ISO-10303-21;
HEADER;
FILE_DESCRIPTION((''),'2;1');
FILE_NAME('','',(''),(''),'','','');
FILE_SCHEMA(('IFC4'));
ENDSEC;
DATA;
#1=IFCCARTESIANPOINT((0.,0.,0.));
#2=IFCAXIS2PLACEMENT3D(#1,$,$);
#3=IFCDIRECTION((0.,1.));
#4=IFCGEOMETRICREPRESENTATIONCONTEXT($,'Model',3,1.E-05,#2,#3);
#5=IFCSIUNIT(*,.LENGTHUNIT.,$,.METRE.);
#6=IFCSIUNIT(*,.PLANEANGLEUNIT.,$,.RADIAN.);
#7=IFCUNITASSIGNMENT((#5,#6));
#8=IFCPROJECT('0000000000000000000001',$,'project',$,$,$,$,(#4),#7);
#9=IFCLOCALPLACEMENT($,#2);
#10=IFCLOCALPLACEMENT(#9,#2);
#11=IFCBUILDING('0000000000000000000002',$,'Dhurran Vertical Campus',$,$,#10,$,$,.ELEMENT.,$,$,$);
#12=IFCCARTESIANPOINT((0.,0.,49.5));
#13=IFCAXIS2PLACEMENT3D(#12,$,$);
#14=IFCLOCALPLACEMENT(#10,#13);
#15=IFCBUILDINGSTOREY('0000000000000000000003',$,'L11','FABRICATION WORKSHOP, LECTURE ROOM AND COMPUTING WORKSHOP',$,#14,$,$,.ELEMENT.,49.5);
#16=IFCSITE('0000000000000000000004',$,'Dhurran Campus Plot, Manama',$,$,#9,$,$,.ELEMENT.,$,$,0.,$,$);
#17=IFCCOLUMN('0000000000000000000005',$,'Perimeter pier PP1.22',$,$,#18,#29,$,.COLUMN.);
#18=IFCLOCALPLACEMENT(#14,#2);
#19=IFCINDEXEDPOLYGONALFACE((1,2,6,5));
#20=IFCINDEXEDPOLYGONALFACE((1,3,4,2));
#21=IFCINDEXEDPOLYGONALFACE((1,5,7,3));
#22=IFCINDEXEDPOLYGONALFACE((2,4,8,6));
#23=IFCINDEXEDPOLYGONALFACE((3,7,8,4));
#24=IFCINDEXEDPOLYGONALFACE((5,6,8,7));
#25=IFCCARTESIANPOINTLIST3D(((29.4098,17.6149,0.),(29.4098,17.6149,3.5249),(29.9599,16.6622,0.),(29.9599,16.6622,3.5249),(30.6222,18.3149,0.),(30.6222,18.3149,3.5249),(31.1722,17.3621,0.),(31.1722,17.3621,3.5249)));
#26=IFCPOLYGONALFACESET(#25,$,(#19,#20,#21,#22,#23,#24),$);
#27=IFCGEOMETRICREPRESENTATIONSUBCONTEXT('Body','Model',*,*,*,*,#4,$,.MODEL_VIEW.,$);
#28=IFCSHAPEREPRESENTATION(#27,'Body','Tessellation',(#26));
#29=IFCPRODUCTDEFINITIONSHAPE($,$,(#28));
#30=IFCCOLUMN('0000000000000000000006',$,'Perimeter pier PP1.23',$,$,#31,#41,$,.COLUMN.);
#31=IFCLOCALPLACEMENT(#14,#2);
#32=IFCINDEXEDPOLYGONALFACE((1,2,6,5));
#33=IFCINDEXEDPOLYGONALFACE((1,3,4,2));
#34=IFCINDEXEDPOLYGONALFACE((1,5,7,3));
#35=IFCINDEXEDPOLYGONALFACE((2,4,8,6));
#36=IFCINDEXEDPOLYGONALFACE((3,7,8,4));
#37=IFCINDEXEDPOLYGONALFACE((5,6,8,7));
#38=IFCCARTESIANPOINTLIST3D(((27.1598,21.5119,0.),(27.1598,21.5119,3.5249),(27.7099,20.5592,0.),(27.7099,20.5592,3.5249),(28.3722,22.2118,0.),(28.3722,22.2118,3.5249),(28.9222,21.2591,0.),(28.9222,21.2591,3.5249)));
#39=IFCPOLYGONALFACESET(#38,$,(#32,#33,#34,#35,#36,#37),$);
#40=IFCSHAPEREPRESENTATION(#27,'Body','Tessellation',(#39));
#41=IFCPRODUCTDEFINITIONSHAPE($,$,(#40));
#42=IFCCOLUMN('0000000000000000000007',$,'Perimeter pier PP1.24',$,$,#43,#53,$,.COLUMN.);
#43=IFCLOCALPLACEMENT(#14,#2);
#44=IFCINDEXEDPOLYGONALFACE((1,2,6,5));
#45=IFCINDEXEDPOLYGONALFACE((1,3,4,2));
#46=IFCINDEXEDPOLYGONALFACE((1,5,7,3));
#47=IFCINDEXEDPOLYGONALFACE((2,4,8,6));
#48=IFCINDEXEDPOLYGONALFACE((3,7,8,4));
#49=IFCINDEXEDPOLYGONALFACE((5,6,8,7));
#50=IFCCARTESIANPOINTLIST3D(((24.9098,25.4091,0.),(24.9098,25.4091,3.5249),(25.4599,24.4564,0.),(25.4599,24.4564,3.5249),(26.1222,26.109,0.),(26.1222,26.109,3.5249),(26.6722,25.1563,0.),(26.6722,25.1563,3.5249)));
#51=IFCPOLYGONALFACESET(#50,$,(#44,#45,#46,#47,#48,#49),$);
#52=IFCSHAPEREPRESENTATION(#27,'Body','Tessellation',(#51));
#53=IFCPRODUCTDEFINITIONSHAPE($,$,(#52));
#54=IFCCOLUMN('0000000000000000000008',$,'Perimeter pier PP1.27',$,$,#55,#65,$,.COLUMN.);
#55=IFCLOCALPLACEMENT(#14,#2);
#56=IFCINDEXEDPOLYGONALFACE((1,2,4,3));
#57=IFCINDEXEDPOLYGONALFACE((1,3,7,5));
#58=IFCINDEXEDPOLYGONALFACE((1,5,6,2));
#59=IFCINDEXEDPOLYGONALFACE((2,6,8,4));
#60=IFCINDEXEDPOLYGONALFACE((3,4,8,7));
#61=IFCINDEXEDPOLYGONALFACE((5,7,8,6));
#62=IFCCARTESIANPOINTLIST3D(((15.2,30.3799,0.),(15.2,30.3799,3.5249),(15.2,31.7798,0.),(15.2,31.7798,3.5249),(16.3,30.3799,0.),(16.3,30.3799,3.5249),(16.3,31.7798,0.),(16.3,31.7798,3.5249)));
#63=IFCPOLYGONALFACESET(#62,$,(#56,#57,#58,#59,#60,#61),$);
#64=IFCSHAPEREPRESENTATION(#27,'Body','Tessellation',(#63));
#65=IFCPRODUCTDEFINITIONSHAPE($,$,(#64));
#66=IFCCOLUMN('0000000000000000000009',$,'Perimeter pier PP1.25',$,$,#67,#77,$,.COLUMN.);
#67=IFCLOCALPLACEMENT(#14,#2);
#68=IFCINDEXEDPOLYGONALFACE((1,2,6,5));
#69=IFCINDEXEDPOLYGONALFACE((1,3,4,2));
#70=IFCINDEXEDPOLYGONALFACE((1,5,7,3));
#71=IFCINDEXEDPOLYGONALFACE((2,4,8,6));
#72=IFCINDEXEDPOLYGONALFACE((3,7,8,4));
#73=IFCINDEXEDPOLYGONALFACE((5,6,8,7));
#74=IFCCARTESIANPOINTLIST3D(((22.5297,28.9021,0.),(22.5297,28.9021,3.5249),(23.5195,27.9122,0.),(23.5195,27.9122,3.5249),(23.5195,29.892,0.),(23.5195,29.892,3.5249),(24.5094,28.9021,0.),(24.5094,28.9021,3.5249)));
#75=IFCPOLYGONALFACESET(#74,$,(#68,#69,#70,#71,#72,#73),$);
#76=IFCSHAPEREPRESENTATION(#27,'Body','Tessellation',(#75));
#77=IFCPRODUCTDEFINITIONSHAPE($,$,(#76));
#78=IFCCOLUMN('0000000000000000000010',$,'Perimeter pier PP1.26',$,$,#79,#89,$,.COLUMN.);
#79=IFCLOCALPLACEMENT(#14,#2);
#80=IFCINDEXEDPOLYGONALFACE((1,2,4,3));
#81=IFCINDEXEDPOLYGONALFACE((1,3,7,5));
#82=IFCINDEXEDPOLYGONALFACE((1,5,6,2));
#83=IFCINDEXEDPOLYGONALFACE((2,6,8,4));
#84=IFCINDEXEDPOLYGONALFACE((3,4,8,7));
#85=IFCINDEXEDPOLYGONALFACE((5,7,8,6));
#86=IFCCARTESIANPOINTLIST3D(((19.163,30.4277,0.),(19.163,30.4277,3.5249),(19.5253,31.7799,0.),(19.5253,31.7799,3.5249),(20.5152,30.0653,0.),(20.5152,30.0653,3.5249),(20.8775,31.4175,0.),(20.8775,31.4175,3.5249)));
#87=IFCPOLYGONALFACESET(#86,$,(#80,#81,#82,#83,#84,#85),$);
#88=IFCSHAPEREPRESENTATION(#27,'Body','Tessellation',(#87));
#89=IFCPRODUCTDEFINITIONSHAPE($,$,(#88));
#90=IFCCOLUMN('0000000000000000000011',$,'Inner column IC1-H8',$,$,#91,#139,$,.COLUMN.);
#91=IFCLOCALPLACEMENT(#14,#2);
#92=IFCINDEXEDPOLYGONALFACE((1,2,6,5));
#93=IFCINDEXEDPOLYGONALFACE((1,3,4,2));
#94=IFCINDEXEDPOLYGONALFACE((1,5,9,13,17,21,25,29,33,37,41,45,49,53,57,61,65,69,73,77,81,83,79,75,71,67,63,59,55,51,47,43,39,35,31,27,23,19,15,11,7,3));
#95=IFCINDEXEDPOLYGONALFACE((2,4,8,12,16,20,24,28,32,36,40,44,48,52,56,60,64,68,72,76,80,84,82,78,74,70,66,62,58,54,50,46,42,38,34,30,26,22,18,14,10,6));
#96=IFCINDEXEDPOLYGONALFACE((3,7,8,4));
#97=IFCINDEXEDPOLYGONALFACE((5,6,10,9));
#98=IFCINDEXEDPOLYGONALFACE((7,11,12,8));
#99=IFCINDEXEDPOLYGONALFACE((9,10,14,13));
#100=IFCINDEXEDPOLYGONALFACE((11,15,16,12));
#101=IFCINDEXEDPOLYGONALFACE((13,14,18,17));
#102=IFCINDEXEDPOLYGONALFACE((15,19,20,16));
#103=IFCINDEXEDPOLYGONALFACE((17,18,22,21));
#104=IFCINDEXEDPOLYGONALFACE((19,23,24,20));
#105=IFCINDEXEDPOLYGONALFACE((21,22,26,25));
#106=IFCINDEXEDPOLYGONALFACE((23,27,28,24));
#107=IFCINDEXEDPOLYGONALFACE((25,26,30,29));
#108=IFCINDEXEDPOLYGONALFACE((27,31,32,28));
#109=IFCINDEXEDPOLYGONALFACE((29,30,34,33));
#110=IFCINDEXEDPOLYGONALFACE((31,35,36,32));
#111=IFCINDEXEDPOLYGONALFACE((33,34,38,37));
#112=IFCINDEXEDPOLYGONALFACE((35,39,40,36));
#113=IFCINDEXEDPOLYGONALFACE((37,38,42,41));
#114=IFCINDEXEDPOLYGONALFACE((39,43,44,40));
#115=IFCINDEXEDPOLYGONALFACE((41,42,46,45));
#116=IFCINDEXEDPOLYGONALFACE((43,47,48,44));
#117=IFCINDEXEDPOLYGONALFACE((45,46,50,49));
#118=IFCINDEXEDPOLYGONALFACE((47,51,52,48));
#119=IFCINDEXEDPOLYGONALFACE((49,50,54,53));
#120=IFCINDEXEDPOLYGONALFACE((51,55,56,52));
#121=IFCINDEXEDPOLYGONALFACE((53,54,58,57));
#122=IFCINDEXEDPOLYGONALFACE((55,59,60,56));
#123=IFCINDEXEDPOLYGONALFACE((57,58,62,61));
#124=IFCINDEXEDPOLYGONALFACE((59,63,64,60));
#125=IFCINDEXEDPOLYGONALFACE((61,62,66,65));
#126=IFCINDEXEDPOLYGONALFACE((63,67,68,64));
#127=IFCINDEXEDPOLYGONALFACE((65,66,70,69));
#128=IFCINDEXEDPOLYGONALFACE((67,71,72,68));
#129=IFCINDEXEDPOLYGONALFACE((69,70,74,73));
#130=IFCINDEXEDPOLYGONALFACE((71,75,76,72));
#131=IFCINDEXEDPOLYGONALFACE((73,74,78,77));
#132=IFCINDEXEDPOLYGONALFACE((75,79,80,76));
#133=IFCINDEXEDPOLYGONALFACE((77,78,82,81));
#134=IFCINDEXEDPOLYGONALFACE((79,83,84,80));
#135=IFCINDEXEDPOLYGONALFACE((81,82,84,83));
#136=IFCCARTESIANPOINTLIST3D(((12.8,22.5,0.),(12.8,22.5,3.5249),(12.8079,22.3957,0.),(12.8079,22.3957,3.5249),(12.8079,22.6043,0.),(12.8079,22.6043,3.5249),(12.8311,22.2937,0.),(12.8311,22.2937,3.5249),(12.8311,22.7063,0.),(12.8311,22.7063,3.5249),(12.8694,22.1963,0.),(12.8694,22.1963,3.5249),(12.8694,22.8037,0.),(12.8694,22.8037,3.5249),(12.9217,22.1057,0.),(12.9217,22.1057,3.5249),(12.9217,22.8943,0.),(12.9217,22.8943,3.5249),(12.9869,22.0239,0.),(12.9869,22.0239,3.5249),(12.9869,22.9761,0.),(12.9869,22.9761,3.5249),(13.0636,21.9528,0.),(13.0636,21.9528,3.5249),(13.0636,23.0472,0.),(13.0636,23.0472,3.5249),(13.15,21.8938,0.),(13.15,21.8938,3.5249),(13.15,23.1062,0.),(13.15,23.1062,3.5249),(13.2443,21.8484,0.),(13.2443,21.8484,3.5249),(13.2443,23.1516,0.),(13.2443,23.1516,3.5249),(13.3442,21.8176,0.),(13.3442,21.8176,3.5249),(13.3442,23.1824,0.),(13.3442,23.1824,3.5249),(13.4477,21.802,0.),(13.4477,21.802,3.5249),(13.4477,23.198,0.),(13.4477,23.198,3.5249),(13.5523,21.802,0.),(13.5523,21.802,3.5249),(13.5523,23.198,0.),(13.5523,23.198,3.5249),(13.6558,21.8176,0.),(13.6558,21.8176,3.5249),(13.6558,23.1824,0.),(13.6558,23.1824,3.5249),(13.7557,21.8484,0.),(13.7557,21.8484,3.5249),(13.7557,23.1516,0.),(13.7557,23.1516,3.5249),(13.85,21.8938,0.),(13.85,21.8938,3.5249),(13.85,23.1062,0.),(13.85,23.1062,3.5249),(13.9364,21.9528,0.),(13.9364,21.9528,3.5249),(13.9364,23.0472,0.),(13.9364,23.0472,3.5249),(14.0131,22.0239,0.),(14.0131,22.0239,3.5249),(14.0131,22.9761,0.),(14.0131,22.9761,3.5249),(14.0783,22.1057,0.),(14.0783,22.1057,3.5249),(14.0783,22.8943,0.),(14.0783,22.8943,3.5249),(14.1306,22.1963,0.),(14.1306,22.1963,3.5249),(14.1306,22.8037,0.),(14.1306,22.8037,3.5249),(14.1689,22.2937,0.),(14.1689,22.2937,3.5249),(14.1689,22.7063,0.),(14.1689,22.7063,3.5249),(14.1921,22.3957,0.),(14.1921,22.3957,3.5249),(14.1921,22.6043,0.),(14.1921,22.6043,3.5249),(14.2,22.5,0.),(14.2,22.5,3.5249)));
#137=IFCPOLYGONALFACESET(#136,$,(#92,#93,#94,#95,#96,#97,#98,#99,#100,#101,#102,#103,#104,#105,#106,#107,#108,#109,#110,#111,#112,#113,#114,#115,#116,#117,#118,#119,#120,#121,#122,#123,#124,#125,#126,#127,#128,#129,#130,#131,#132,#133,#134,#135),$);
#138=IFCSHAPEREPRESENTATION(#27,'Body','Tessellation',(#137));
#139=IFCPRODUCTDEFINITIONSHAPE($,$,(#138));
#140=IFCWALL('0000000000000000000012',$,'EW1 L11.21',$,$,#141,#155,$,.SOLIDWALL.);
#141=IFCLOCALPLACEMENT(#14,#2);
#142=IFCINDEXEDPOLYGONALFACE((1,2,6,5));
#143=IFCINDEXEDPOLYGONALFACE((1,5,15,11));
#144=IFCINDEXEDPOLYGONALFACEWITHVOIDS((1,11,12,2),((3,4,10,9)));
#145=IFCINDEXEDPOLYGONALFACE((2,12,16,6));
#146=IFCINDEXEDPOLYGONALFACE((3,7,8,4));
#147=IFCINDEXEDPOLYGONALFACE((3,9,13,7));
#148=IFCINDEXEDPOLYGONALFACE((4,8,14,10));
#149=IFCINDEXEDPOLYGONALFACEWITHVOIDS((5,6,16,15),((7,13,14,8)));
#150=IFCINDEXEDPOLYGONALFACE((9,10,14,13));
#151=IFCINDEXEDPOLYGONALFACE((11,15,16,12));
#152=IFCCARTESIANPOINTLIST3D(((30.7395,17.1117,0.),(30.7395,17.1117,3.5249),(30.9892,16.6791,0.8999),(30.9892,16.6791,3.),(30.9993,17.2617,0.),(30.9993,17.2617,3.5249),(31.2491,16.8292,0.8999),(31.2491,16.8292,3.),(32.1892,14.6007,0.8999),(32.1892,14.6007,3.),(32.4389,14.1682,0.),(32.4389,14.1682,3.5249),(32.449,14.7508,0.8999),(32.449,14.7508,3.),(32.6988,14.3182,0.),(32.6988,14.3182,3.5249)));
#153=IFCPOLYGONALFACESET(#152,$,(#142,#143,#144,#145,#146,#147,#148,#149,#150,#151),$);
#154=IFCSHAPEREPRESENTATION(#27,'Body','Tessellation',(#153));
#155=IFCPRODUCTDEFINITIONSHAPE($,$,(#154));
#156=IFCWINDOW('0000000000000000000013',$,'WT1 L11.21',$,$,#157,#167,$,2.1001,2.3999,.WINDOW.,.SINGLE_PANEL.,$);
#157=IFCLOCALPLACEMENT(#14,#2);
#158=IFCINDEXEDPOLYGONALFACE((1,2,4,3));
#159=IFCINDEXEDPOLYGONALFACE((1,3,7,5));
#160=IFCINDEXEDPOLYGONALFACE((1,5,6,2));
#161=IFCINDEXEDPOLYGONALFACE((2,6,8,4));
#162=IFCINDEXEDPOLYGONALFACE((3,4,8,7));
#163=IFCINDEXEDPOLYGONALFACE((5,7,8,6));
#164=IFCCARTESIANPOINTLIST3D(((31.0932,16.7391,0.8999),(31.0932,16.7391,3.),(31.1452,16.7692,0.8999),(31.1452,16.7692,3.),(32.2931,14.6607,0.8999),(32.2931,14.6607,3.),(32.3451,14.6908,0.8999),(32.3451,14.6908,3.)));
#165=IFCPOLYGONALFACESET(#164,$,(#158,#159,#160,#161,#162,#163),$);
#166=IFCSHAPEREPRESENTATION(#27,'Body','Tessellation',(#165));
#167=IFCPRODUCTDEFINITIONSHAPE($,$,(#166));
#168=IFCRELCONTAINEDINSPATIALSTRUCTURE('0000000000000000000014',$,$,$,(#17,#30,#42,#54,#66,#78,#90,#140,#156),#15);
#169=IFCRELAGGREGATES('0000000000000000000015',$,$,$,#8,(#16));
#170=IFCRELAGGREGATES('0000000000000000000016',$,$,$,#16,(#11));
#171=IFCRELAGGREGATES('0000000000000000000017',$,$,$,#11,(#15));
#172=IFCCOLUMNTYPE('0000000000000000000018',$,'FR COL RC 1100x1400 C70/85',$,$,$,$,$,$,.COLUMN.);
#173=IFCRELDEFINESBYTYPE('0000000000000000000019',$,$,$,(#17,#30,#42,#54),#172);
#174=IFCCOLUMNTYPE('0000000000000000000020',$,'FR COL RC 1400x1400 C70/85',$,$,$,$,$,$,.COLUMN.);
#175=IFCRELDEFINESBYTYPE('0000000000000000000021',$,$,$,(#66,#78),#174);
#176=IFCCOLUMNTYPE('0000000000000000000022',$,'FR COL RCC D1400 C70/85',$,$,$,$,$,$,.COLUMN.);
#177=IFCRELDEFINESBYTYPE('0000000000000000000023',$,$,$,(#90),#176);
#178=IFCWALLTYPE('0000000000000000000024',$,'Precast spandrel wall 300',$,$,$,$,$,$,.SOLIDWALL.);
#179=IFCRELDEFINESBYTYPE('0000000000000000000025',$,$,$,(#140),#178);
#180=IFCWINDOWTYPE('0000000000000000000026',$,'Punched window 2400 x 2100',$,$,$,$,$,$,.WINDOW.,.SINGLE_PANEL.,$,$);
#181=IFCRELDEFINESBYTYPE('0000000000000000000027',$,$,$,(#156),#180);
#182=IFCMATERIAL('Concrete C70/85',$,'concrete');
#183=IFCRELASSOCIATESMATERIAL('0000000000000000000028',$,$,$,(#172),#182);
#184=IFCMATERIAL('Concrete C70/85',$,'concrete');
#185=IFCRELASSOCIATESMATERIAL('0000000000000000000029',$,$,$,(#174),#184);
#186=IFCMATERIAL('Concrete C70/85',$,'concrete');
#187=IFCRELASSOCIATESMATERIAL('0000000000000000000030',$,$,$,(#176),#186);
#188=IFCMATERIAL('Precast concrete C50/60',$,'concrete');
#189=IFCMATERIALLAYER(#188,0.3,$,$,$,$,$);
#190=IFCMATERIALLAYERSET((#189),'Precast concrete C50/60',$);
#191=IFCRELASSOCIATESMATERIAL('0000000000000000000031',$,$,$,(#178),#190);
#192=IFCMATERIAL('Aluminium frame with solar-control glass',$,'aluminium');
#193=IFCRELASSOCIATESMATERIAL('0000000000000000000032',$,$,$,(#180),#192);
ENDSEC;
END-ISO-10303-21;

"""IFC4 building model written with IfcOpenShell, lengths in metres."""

from ifc_helpers import new_model, si_unit, direction, frame, frame_2d, origin, origin_2d, place, context, subcontext, project, spatial, rectangle, circle, extrude, material, layer, layer_set, material_profile, profile_set, type_object, element, fill, save


model = new_model("IFC4")

# Units and contexts
model_context = context("Model", 3, precision=1e-05, world=origin(), true_north=direction((0.0, 1.0)))
body_context = subcontext(model_context, "Body", "Model", "MODEL_VIEW")
ifc_project = project(units=[si_unit("LENGTHUNIT", "METRE"), si_unit("PLANEANGLEUNIT", "RADIAN")], contexts=[model_context])

# Site, building, storey
site_placement = place(None, origin())
site = spatial("IfcSite", under=ifc_project, at=site_placement, Name="Dhurran Campus Plot, Manama", CompositionType="ELEMENT", RefElevation=0.0)
building_placement = place(site_placement, origin())
building = spatial("IfcBuilding", under=site, at=building_placement, Name="Dhurran Vertical Campus", CompositionType="ELEMENT")
storey_placement = place(building_placement, frame((0.0, 0.0, 49.5)))
storey = spatial("IfcBuildingStorey", under=building, at=storey_placement, Name="L11", Description="FABRICATION WORKSHOP, LECTURE ROOM AND COMPUTING WORKSHOP", CompositionType="ELEMENT", Elevation=49.5)

# Columns
ifc_material_1 = material(Name="Concrete C70/85", Category="concrete")
ifc_material_profile_1 = material_profile(ifc_material_1, rectangle(XDim=1.1001, YDim=1.3999, at=origin_2d()), Name="RC 1100x1400")
ifc_profile_set_1 = profile_set([ifc_material_profile_1], Name="Concrete C70/85")
column_type_1 = type_object("IfcColumnType", Name="FR COL RC 1100x1400 C70/85", PredefinedType="COLUMN", material=ifc_profile_set_1)
for number, where, z_axis, x_axis, name in (
    (1, (30.291, 17.4885, 0.0), (0.0, 0.0, 1.0), (-0.5, 0.866025, 0.0), "Perimeter pier PP1.22"),
    (2, (28.041, 21.3855, 0.0), (0.0, 0.0, 1.0), (-0.5, 0.866025, 0.0), "Perimeter pier PP1.23"),
    (3, (25.791, 25.2827, 0.0), (0.0, 0.0, 1.0), (-0.5, 0.866025, 0.0), "Perimeter pier PP1.24"),
    (4, (15.75, 31.0798, 0.0), (0.0, 0.0, 1.0), (-1.0, 0.0, 0.0), "Perimeter pier PP1.27"),
):
    element("IfcColumn", number, at=place(storey_placement, frame(where, z_axis=z_axis, x_axis=x_axis)), inside=storey, type_object=column_type_1, Name=name, PredefinedType="COLUMN", context=body_context, shape_type="SweptSolid", body=[
        extrude(rectangle(XDim=1.1001, YDim=1.3999, at=origin_2d()), origin(), (0.0, 0.0, 1.0), 3.5249),
    ])
ifc_material_2 = material(Name="Concrete C70/85", Category="concrete")
ifc_material_profile_2 = material_profile(ifc_material_2, rectangle(XDim=1.3999, YDim=1.3999, at=origin_2d()), Name="RC 1400x1400")
ifc_profile_set_2 = profile_set([ifc_material_profile_2], Name="Concrete C70/85")
column_type_2 = type_object("IfcColumnType", Name="FR COL RC 1400x1400 C70/85", PredefinedType="COLUMN", material=ifc_profile_set_2)
for number, where, z_axis, x_axis, name in (
    (5, (23.5195, 28.9021, 0.0), (0.0, 0.0, 1.0), (-0.707107, 0.707107, 0.0), "Perimeter pier PP1.25"),
    (6, (20.0203, 30.9226, 0.0), (0.0, 0.0, 1.0), (-0.965926, 0.258819, 0.0), "Perimeter pier PP1.26"),
):
    element("IfcColumn", number, at=place(storey_placement, frame(where, z_axis=z_axis, x_axis=x_axis)), inside=storey, type_object=column_type_2, Name=name, PredefinedType="COLUMN", context=body_context, shape_type="SweptSolid", body=[
        extrude(rectangle(XDim=1.3999, YDim=1.3999, at=origin_2d()), origin(), (0.0, 0.0, 1.0), 3.5249),
    ])
ifc_material_3 = material(Name="Concrete C70/85", Category="concrete")
ifc_material_profile_3 = material_profile(ifc_material_3, circle(Radius=0.7, at=origin_2d()), Name="RCC D1400")
ifc_profile_set_3 = profile_set([ifc_material_profile_3], Name="Concrete C70/85")
column_type_3 = type_object("IfcColumnType", Name="FR COL RCC D1400 C70/85", PredefinedType="COLUMN", material=ifc_profile_set_3)
column_placement = place(storey_placement, frame((13.5, 22.5, 0.0), z_axis=(0.0, 0.0, 1.0), x_axis=(1.0, 0.0, 0.0)))
element("IfcColumn", 7, at=column_placement, inside=storey, type_object=column_type_3, Name="Inner column IC1-H8", PredefinedType="COLUMN", context=body_context, shape_type="SweptSolid", body=[
    extrude(circle(Radius=0.7, at=origin_2d()), origin(), (0.0, 0.0, 1.0), 3.5249),
])

# Wall, opening, window
ifc_material_4 = material(Name="Precast concrete C50/60", Category="concrete")
ifc_layer_1 = layer(ifc_material_4, 0.3)
ifc_layer_set_1 = layer_set([ifc_layer_1], Name="Precast concrete C50/60")
wall_type_1 = type_object("IfcWallType", Name="Precast spandrel wall 300", PredefinedType="SOLIDWALL", material=ifc_layer_set_1)
wall_1_placement = place(storey_placement, frame((32.5688, 14.2432, 0.0), z_axis=(0.0, 0.0, 1.0), x_axis=(-0.499994, 0.866029, 0.0)))
wall_1 = element("IfcWall", 8, at=wall_1_placement, inside=storey, type_object=wall_type_1, Name="EW1 L11.21", PredefinedType="SOLIDWALL", context=body_context, shape_type="SweptSolid", body=[
    extrude(rectangle(XDim=3.3989, YDim=0.3, at=frame_2d((1.6995, 0.0))), origin(), (0.0, 0.0, 1.0), 3.5249),
])
opening_1_placement = place(wall_1_placement, frame((0.4995, 0.0, 0.8999)))
opening_1 = element("IfcOpeningElement", 9, at=opening_1_placement, cuts=wall_1, PredefinedType="OPENING", context=body_context, shape_type="SweptSolid", body=[
    extrude(rectangle(XDim=2.3999, YDim=2.1001, at=frame_2d((1.2, 1.05))), frame((0.0, 0.1599, 0.0), z_axis=(0.0, -1.0, 0.0), x_axis=(1.0, 0.0, 0.0)), (0.0, 0.0, 1.0), 0.3201),
])
ifc_material_5 = material(Name="Aluminium frame with solar-control glass", Category="aluminium")
window_type = type_object("IfcWindowType", Name="Punched window 2400 x 2100", PartitioningType="SINGLE_PANEL", PredefinedType="WINDOW", material=ifc_material_5)
window_1_placement = place(opening_1_placement, origin())
window_1 = element("IfcWindow", 10, at=window_1_placement, inside=storey, type_object=window_type, Name="WT1 L11.21", OverallHeight=2.1001, OverallWidth=2.3999, PartitioningType="SINGLE_PANEL", PredefinedType="WINDOW", context=body_context, shape_type="SweptSolid", body=[
    extrude(rectangle(XDim=2.3999, YDim=2.1001, at=frame_2d((1.2, 1.05))), frame((0.0, 0.03, 0.0), z_axis=(0.0, -1.0, 0.0), x_axis=(1.0, 0.0, 0.0)), (0.0, 0.0, 1.0), 0.0601),
])
fill(opening_1, window_1)

save(model, "model.ifc")
